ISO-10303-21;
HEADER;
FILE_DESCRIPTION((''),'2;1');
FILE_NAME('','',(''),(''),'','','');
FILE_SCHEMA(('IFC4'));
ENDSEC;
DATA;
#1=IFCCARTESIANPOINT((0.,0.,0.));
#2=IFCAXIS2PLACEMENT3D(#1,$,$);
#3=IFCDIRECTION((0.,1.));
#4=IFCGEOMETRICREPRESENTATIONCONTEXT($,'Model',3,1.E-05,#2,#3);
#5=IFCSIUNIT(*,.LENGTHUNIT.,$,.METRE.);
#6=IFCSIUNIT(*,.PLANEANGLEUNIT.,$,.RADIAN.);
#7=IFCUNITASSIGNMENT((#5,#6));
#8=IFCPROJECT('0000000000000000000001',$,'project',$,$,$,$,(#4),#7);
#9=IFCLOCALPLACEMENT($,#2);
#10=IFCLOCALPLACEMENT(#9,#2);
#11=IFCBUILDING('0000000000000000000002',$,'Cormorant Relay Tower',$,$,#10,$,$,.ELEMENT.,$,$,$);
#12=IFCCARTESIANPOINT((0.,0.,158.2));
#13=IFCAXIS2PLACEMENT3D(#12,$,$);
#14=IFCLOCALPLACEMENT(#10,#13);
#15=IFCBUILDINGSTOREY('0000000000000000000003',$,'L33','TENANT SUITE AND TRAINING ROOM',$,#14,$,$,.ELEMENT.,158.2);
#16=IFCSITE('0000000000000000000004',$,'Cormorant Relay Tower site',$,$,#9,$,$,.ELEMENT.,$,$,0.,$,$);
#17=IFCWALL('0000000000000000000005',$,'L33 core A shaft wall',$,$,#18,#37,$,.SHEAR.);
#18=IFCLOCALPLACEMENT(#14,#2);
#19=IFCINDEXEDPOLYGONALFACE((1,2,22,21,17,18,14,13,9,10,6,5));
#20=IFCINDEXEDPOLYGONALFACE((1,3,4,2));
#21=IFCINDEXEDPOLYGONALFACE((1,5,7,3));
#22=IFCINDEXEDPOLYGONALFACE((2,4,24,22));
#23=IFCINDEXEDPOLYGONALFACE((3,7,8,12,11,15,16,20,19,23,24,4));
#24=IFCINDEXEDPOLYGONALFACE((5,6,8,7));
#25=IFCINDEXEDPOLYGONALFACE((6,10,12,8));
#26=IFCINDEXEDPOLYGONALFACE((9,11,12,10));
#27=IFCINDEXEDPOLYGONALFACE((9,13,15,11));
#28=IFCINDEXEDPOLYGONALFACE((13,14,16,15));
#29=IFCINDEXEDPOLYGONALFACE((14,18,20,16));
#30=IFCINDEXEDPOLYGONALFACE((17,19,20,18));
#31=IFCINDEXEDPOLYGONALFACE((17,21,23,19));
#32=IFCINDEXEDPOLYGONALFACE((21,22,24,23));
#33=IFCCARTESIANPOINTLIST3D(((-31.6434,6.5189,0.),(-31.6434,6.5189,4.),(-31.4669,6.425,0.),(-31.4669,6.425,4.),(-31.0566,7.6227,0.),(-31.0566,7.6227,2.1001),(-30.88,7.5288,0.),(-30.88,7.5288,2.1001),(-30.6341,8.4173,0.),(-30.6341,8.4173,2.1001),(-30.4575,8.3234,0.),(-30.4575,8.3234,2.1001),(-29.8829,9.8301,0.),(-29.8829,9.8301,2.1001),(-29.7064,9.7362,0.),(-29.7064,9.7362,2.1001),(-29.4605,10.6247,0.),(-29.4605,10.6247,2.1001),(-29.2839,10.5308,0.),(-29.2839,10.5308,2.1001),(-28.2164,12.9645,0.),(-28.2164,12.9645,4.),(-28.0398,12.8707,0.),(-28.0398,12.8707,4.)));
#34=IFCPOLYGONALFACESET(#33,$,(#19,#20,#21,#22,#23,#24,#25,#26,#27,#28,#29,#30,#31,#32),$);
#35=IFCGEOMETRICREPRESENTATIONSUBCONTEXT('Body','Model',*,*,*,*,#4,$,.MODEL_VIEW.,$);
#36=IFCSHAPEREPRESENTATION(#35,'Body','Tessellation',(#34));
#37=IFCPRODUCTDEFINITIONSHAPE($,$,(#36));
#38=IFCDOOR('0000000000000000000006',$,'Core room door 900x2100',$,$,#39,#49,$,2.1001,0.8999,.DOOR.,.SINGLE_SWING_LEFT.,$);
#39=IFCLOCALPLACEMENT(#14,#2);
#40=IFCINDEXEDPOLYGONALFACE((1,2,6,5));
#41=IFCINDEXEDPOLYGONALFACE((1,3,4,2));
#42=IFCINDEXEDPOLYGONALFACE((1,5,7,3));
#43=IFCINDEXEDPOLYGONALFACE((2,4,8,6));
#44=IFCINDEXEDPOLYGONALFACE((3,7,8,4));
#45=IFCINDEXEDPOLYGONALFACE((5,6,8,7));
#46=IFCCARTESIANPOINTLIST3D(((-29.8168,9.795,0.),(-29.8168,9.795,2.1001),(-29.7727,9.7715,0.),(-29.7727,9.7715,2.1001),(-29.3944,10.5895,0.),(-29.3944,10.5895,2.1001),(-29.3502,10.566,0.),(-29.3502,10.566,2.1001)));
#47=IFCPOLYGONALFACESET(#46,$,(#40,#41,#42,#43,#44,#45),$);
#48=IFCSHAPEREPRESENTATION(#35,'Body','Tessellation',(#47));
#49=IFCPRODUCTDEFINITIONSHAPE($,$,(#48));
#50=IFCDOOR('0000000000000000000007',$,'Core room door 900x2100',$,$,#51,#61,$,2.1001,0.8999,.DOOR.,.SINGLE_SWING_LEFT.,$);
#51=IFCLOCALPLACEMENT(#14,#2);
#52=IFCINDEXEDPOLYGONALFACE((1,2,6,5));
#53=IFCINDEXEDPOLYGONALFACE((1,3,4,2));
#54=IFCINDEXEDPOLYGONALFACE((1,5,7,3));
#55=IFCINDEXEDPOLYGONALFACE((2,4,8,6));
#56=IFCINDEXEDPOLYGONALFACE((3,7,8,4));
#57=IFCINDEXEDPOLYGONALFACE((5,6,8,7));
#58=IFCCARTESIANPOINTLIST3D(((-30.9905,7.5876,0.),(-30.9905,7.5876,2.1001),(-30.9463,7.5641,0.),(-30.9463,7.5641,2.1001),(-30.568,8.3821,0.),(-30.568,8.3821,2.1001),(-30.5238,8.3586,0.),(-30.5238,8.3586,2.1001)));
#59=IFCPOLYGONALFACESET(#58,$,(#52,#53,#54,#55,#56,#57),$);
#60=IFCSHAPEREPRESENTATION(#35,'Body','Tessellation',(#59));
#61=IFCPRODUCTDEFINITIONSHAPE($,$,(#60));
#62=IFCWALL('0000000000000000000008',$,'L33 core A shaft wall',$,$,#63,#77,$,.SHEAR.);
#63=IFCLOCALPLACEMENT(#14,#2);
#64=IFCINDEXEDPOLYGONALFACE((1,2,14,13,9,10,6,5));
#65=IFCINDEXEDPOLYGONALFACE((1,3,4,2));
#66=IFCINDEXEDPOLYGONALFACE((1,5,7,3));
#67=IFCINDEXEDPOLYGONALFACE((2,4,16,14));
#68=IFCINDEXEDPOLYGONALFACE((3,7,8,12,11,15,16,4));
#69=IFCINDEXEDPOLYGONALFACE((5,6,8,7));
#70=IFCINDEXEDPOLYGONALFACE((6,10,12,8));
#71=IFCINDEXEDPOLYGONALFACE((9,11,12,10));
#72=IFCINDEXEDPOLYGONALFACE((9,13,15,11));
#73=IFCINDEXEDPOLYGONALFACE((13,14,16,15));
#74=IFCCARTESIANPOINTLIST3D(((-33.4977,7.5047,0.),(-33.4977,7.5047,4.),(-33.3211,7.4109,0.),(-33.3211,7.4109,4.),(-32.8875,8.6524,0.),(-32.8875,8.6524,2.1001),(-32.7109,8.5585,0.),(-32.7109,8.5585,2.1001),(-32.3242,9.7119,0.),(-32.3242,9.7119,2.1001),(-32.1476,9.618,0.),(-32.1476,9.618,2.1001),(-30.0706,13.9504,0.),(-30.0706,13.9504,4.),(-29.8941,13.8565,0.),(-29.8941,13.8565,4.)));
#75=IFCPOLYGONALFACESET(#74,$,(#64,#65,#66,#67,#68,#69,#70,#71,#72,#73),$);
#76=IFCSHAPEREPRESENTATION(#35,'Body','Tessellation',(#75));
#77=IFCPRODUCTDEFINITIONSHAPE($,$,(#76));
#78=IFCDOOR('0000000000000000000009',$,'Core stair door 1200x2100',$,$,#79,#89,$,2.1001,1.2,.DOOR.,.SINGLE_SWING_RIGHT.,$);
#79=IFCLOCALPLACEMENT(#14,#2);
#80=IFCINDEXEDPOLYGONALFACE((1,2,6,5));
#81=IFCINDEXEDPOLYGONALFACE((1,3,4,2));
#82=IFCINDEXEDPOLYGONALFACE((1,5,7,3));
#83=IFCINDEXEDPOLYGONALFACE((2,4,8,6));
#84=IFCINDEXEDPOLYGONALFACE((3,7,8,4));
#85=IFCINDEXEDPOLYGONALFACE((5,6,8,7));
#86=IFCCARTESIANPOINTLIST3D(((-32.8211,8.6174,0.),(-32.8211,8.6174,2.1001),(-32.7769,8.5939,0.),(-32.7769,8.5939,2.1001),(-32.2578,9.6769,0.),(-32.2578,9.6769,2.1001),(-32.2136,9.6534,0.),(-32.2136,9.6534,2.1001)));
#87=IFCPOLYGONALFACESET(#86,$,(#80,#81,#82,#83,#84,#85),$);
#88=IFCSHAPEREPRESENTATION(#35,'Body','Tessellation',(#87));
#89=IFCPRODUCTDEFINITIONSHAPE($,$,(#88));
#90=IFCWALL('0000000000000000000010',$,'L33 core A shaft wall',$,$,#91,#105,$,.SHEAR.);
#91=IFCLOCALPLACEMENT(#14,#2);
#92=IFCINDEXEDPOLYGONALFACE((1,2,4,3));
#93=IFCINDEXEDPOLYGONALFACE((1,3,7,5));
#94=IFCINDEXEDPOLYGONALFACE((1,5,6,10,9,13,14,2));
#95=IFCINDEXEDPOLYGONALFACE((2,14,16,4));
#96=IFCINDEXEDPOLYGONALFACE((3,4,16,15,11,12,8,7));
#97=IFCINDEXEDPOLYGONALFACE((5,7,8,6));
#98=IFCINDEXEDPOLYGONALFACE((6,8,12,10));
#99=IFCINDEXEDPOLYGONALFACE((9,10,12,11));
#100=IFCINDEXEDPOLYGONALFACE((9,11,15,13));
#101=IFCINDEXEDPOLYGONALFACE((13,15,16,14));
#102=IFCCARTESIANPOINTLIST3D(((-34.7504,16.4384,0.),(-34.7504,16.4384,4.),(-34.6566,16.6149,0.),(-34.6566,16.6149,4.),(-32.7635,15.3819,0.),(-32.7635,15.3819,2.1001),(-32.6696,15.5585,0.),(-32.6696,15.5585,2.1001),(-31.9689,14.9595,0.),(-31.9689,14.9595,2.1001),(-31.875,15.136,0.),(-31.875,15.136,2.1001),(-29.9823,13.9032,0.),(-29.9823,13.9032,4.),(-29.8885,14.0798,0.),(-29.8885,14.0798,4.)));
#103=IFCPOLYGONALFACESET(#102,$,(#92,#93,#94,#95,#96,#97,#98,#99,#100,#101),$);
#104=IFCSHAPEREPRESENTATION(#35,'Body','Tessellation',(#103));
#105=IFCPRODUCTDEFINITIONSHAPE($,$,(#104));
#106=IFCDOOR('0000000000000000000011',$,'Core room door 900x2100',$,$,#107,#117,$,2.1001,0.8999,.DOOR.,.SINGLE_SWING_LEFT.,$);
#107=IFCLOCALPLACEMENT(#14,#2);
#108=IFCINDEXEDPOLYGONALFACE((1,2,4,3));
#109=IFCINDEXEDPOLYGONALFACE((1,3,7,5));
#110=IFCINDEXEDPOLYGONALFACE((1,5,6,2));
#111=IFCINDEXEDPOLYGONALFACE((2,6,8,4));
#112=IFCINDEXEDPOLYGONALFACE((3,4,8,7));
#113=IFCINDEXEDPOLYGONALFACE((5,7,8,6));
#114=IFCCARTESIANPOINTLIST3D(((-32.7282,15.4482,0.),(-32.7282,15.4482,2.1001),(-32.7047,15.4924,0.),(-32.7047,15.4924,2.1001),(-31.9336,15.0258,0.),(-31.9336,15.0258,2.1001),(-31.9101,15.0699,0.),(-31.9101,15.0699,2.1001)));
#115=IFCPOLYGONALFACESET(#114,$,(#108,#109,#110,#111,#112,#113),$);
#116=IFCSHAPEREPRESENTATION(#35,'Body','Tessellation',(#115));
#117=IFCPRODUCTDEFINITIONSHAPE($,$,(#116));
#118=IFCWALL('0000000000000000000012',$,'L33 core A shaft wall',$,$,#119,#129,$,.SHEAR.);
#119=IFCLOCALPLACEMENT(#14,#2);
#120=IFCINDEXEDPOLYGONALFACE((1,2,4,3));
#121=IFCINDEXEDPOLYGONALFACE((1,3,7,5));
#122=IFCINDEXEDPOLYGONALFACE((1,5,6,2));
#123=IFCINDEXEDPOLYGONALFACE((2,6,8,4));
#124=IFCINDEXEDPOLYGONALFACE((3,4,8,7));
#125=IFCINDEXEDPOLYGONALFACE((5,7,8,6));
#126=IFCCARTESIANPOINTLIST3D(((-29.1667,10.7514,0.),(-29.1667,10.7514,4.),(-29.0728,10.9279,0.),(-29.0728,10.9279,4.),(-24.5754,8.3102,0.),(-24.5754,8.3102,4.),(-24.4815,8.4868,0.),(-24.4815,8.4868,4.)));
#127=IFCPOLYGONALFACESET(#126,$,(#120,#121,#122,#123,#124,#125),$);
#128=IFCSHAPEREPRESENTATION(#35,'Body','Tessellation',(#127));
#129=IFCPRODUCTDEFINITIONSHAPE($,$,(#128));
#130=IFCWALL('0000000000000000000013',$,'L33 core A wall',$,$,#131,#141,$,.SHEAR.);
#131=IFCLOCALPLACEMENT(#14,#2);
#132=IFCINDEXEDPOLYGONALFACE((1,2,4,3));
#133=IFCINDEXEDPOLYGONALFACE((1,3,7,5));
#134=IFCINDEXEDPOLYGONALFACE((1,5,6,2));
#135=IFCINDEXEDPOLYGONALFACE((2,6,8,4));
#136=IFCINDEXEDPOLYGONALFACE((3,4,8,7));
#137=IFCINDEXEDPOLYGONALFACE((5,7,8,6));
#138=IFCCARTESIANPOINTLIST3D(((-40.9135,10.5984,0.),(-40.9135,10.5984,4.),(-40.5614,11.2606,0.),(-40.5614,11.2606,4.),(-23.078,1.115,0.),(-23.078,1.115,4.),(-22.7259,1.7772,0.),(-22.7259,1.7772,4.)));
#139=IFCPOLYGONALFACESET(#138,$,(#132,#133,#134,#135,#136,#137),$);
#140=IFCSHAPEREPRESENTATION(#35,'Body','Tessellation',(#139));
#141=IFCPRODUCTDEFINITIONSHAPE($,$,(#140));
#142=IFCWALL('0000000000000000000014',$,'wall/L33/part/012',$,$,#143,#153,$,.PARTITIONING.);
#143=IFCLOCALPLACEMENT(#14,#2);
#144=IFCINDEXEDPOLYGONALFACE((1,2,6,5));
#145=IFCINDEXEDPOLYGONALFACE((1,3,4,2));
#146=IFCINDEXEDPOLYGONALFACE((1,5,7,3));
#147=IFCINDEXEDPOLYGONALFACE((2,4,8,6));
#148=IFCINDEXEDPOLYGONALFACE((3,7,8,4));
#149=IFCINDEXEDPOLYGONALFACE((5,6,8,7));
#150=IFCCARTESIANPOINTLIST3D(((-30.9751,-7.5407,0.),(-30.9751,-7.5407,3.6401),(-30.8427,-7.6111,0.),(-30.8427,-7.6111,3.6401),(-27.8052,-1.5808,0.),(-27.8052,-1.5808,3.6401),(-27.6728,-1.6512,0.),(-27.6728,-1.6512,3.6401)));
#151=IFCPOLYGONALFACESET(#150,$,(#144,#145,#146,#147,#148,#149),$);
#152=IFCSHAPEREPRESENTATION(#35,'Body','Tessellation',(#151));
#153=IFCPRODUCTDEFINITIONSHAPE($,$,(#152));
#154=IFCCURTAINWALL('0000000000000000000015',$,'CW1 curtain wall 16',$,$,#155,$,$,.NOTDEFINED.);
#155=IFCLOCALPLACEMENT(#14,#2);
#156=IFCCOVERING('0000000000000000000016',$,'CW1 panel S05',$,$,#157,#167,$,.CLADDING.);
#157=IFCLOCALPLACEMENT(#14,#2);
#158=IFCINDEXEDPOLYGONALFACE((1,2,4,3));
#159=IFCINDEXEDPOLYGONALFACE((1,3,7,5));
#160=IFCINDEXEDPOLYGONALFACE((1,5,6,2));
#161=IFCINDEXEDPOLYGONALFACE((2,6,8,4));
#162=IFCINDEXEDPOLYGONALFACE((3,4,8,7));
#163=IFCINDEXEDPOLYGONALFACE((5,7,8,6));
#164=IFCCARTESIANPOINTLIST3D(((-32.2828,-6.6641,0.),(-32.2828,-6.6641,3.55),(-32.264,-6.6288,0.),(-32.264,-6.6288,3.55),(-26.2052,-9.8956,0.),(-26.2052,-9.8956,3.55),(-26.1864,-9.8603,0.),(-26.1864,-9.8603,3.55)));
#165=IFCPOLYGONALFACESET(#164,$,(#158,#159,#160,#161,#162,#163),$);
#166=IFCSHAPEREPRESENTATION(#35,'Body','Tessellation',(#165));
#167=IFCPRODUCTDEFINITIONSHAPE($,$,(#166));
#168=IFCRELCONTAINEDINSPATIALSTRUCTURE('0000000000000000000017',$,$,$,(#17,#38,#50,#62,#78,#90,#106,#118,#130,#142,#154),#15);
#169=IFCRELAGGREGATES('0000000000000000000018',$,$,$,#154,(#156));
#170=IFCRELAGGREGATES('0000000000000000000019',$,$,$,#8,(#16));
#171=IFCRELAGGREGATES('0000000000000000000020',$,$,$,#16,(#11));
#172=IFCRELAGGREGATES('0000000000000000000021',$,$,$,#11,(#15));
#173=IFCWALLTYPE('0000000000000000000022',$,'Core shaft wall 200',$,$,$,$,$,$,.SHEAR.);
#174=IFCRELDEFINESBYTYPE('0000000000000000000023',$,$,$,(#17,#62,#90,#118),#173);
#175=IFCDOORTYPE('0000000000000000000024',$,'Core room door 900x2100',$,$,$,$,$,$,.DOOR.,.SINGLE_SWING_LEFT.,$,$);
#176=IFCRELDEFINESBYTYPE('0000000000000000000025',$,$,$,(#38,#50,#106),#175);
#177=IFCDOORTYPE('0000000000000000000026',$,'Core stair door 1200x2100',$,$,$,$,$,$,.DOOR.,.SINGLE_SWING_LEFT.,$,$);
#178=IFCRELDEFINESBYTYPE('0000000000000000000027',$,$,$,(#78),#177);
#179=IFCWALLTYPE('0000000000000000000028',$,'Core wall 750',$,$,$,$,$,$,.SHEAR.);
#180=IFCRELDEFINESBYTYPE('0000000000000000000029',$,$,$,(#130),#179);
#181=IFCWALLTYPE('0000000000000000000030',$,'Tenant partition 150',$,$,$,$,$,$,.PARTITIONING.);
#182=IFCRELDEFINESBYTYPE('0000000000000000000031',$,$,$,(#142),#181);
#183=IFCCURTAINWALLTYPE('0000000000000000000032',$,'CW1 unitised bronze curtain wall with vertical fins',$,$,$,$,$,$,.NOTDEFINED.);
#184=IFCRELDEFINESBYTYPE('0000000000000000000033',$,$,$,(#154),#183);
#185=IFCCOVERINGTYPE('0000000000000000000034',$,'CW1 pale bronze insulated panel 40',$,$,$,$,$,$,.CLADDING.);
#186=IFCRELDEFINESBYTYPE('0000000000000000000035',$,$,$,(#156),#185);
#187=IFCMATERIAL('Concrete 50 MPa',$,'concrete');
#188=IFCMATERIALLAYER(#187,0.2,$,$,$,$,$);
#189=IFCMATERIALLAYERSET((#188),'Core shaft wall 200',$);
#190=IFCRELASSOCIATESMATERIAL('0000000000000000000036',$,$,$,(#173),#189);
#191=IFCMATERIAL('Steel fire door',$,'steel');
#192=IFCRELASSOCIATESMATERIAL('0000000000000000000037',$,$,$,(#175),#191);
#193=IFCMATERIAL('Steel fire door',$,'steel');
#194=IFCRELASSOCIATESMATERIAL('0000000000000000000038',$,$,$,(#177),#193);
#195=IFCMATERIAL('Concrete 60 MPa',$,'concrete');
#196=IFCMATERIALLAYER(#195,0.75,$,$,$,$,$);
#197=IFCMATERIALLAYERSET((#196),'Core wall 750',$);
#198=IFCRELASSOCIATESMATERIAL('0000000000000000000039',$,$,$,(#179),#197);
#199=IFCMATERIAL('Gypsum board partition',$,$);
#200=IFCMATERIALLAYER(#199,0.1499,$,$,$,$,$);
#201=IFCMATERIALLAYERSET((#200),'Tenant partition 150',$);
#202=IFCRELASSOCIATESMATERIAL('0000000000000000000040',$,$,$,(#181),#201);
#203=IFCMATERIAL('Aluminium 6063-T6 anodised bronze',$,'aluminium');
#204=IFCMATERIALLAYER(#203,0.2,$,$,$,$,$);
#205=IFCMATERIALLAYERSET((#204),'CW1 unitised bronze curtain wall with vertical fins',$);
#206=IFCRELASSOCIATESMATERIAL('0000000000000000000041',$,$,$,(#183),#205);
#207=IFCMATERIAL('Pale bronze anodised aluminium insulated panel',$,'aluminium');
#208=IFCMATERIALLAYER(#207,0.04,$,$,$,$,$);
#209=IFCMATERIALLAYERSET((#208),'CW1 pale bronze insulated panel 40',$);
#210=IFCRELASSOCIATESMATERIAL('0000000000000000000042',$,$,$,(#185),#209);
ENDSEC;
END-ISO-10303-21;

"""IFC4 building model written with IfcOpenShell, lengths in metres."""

from ifc_helpers import new_model, si_unit, direction, frame, frame_2d, origin, origin_2d, place, context, subcontext, project, spatial, rectangle, extrude, material, layer, layer_set, type_object, element, fill, aggregate, save


model = new_model("IFC4")

# Units and contexts
model_context = context("Model", 3, precision=1e-05, world=origin(), true_north=direction((0.0, 1.0)))
body_context = subcontext(model_context, "Body", "Model", "MODEL_VIEW")
ifc_project = project(units=[si_unit("LENGTHUNIT", "METRE"), si_unit("PLANEANGLEUNIT", "RADIAN")], contexts=[model_context])

# Site, building, storey
site_placement = place(None, origin())
site = spatial("IfcSite", under=ifc_project, at=site_placement, Name="Cormorant Relay Tower site", CompositionType="ELEMENT", RefElevation=0.0)
building_placement = place(site_placement, origin())
building = spatial("IfcBuilding", under=site, at=building_placement, Name="Cormorant Relay Tower", CompositionType="ELEMENT")
storey_placement = place(building_placement, frame((0.0, 0.0, 158.2)))
storey = spatial("IfcBuildingStorey", under=building, at=storey_placement, Name="L33", Description="TENANT SUITE AND TRAINING ROOM", CompositionType="ELEMENT", Elevation=158.2)

# Shared definitions
ifc_material_1 = material(Name="Concrete 50 MPa", Category="concrete")
ifc_layer_1 = layer(ifc_material_1, 0.2)
ifc_layer_set_1 = layer_set([ifc_layer_1], Name="Core shaft wall 200")
wall_type_1 = type_object("IfcWallType", Name="Core shaft wall 200", PredefinedType="SHEAR", material=ifc_layer_set_1)

# Wall, openings, doors
wall_1_placement = place(storey_placement, frame((-28.1282, 12.9175, 0.0), z_axis=(0.0, 0.0, 1.0), x_axis=(-0.469454, -0.882957, 0.0)))
wall_1 = element("IfcWall", 1, at=wall_1_placement, inside=storey, type_object=wall_type_1, Name="L33 core A shaft wall", PredefinedType="SHEAR", context=body_context, shape_type="SweptSolid", body=[
    extrude(rectangle(XDim=7.3, YDim=0.2, at=frame_2d((3.6499, 0.0))), origin(), (0.0, 0.0, 1.0), 4.0),
])
opening_1_placement = place(wall_1_placement, frame((2.6499, 0.0, 0.0)))
opening_1 = element("IfcOpeningElement", 2, at=opening_1_placement, cuts=wall_1, PredefinedType="OPENING", context=body_context, shape_type="SweptSolid", body=[
    extrude(rectangle(XDim=0.8999, YDim=2.1001, at=frame_2d((0.45, 1.05))), frame((0.0, 0.1099, 0.0), z_axis=(0.0, -1.0, 0.0), x_axis=(1.0, 0.0, 0.0)), (0.0, 0.0, 1.0), 0.22),
])
opening_2_placement = place(wall_1_placement, frame((5.1499, 0.0, 0.0)))
opening_2 = element("IfcOpeningElement", 3, at=opening_2_placement, cuts=wall_1, PredefinedType="OPENING", context=body_context, shape_type="SweptSolid", body=[
    extrude(rectangle(XDim=0.8999, YDim=2.1001, at=frame_2d((0.45, 1.05))), frame((0.0, 0.1099, 0.0), z_axis=(0.0, -1.0, 0.0), x_axis=(1.0, 0.0, 0.0)), (0.0, 0.0, 1.0), 0.22),
])
ifc_material_2 = material(Name="Steel fire door", Category="steel")
door_type_1 = type_object("IfcDoorType", Name="Core room door 900x2100", OperationType="SINGLE_SWING_LEFT", PredefinedType="DOOR", material=ifc_material_2)
door_1_placement = place(opening_1_placement, origin())
door_1 = element("IfcDoor", 4, at=door_1_placement, inside=storey, type_object=door_type_1, Name="Core room door 900x2100", OperationType="SINGLE_SWING_LEFT", OverallHeight=2.1001, OverallWidth=0.8999, PredefinedType="DOOR", context=body_context, shape_type="SweptSolid", body=[
    extrude(rectangle(XDim=0.8999, YDim=2.1001, at=frame_2d((0.45, 1.05))), frame((0.0, 0.0249, 0.0), z_axis=(0.0, -1.0, 0.0), x_axis=(1.0, 0.0, 0.0)), (0.0, 0.0, 1.0), 0.05),
])
fill(opening_1, door_1)
door_2_placement = place(opening_2_placement, origin())
door_2 = element("IfcDoor", 5, at=door_2_placement, inside=storey, type_object=door_type_1, Name="Core room door 900x2100", OperationType="SINGLE_SWING_LEFT", OverallHeight=2.1001, OverallWidth=0.8999, PredefinedType="DOOR", context=body_context, shape_type="SweptSolid", body=[
    extrude(rectangle(XDim=0.8999, YDim=2.1001, at=frame_2d((0.45, 1.05))), frame((0.0, 0.0249, 0.0), z_axis=(0.0, -1.0, 0.0), x_axis=(1.0, 0.0, 0.0)), (0.0, 0.0, 1.0), 0.05),
])
fill(opening_2, door_2)

# Walls, openings, doors
wall_2_placement = place(storey_placement, frame((-29.9824, 13.9033, 0.0), z_axis=(0.0, 0.0, 1.0), x_axis=(-0.469454, -0.882957, 0.0)))
wall_2 = element("IfcWall", 6, at=wall_2_placement, inside=storey, type_object=wall_type_1, Name="L33 core A shaft wall", PredefinedType="SHEAR", context=body_context, shape_type="SweptSolid", body=[
    extrude(rectangle(XDim=7.3, YDim=0.2, at=frame_2d((3.6499, 0.0))), origin(), (0.0, 0.0, 1.0), 4.0),
])
opening_3_placement = place(wall_2_placement, frame((4.8, 0.0, 0.0)))
opening_3 = element("IfcOpeningElement", 7, at=opening_3_placement, cuts=wall_2, PredefinedType="OPENING", context=body_context, shape_type="SweptSolid", body=[
    extrude(rectangle(XDim=1.2, YDim=2.1001, at=frame_2d((0.6001, 1.05))), frame((0.0, 0.1099, 0.0), z_axis=(0.0, -1.0, 0.0), x_axis=(1.0, 0.0, 0.0)), (0.0, 0.0, 1.0), 0.22),
])
ifc_material_3 = material(Name="Steel fire door", Category="steel")
door_type_2 = type_object("IfcDoorType", Name="Core stair door 1200x2100", OperationType="SINGLE_SWING_LEFT", PredefinedType="DOOR", material=ifc_material_3)
door_3_placement = place(opening_3_placement, frame((1.2, 0.0, 0.0), z_axis=(0.0, 0.0, 1.0), x_axis=(-1.0, 0.0, 0.0)))
door_3 = element("IfcDoor", 8, at=door_3_placement, inside=storey, type_object=door_type_2, Name="Core stair door 1200x2100", OperationType="SINGLE_SWING_RIGHT", OverallHeight=2.1001, OverallWidth=1.2, PredefinedType="DOOR", context=body_context, shape_type="SweptSolid", body=[
    extrude(rectangle(XDim=1.2, YDim=2.1001, at=frame_2d((0.6001, 1.05))), frame((0.0, 0.0249, 0.0), z_axis=(0.0, -1.0, 0.0), x_axis=(1.0, 0.0, 0.0)), (0.0, 0.0, 1.0), 0.05),
])
fill(opening_3, door_3)
wall_3_placement = place(storey_placement, frame((-29.9353, 13.9915, 0.0), z_axis=(0.0, 0.0, 1.0), x_axis=(-0.882953, 0.469462, 0.0)))
wall_3 = element("IfcWall", 9, at=wall_3_placement, inside=storey, type_object=wall_type_1, Name="L33 core A shaft wall", PredefinedType="SHEAR", context=body_context, shape_type="SweptSolid", body=[
    extrude(rectangle(XDim=5.4001, YDim=0.2, at=frame_2d((2.7002, 0.0))), origin(), (0.0, 0.0, 1.0), 4.0),
])
opening_4_placement = place(wall_3_placement, frame((2.25, 0.0, 0.0)))
opening_4 = element("IfcOpeningElement", 10, at=opening_4_placement, cuts=wall_3, PredefinedType="OPENING", context=body_context, shape_type="SweptSolid", body=[
    extrude(rectangle(XDim=0.8999, YDim=2.1001, at=frame_2d((0.45, 1.05))), frame((0.0, 0.1099, 0.0), z_axis=(0.0, -1.0, 0.0), x_axis=(1.0, 0.0, 0.0)), (0.0, 0.0, 1.0), 0.22),
])
door_4_placement = place(opening_4_placement, origin())
door_4 = element("IfcDoor", 11, at=door_4_placement, inside=storey, type_object=door_type_1, Name="Core room door 900x2100", OperationType="SINGLE_SWING_LEFT", OverallHeight=2.1001, OverallWidth=0.8999, PredefinedType="DOOR", context=body_context, shape_type="SweptSolid", body=[
    extrude(rectangle(XDim=0.8999, YDim=2.1001, at=frame_2d((0.45, 1.05))), frame((0.0, 0.0249, 0.0), z_axis=(0.0, -1.0, 0.0), x_axis=(1.0, 0.0, 0.0)), (0.0, 0.0, 1.0), 0.05),
])
fill(opening_4, door_4)

# Walls
wall_4_placement = place(storey_placement, frame((-24.5283, 8.3984, 0.0), z_axis=(0.0, 0.0, 1.0), x_axis=(-0.882954, 0.46946, 0.0)))
element("IfcWall", 12, at=wall_4_placement, inside=storey, type_object=wall_type_1, Name="L33 core A shaft wall", PredefinedType="SHEAR", context=body_context, shape_type="SweptSolid", body=[
    extrude(rectangle(XDim=5.2, YDim=0.2, at=frame_2d((2.6001, 0.0))), origin(), (0.0, 0.0, 1.0), 4.0),
])
ifc_material_4 = material(Name="Concrete 60 MPa", Category="concrete")
ifc_layer_2 = layer(ifc_material_4, 0.75)
ifc_layer_set_2 = layer_set([ifc_layer_2], Name="Core wall 750")
wall_type_2 = type_object("IfcWallType", Name="Core wall 750", PredefinedType="SHEAR", material=ifc_layer_set_2)
wall_5_placement = place(storey_placement, frame((-22.9019, 1.446, 0.0), z_axis=(0.0, 0.0, 1.0), x_axis=(-0.882945, 0.469476, 0.0)))
element("IfcWall", 13, at=wall_5_placement, inside=storey, type_object=wall_type_2, Name="L33 core A wall", PredefinedType="SHEAR", context=body_context, shape_type="SweptSolid", body=[
    extrude(rectangle(XDim=20.2, YDim=0.75, at=frame_2d((10.1001, 0.0))), origin(), (0.0, 0.0, 1.0), 4.0),
])
ifc_material_5 = material(Name="Gypsum board partition")
ifc_layer_3 = layer(ifc_material_5, 0.1499)
ifc_layer_set_3 = layer_set([ifc_layer_3], Name="Tenant partition 150")
wall_type_3 = type_object("IfcWallType", Name="Tenant partition 150", PredefinedType="PARTITIONING", material=ifc_layer_set_3)
wall_6_placement = place(storey_placement, frame((-27.739, -1.616, 0.0), z_axis=(0.0, 0.0, 1.0), x_axis=(-0.469582, -0.882889, 0.0)))
element("IfcWall", 14, at=wall_6_placement, inside=storey, type_object=wall_type_3, Name="wall/L33/part/012", PredefinedType="PARTITIONING", context=body_context, shape_type="SweptSolid", body=[
    extrude(rectangle(XDim=6.7505, YDim=0.1499, at=frame_2d((3.3752, 0.0))), origin(), (0.0, 0.0, 1.0), 3.6401),
])

# Curtain wall, covering
ifc_material_6 = material(Name="Aluminium 6063-T6 anodised bronze", Category="aluminium")
ifc_layer_4 = layer(ifc_material_6, 0.2)
ifc_layer_set_4 = layer_set([ifc_layer_4], Name="CW1 unitised bronze curtain wall with vertical fins")
curtain_wall_type = type_object("IfcCurtainWallType", Name="CW1 unitised bronze curtain wall with vertical fins", PredefinedType="NOTDEFINED", material=ifc_layer_set_4)
curtain_wall_placement = place(storey_placement, origin())
curtain_wall = element("IfcCurtainWall", 15, at=curtain_wall_placement, inside=storey, type_object=curtain_wall_type, Name="CW1 curtain wall 16", PredefinedType="NOTDEFINED")
ifc_material_7 = material(Name="Pale bronze anodised aluminium insulated panel", Category="aluminium")
ifc_layer_5 = layer(ifc_material_7, 0.04)
ifc_layer_set_5 = layer_set([ifc_layer_5], Name="CW1 pale bronze insulated panel 40")
covering_type = type_object("IfcCoveringType", Name="CW1 pale bronze insulated panel 40", PredefinedType="CLADDING", material=ifc_layer_set_5)
covering_placement = place(storey_placement, frame((-29.2346, -8.2622, 0.0), z_axis=(0.0, 0.0, 1.0), x_axis=(0.882948, -0.469472, 0.0)))
covering = element("IfcCovering", 16, at=covering_placement, type_object=covering_type, Name="CW1 panel S05", PredefinedType="CLADDING", context=body_context, shape_type="SweptSolid", body=[
    extrude(rectangle(XDim=6.8833, YDim=0.04, at=origin_2d()), origin(), (0.0, 0.0, 1.0), 3.55),
])
aggregate(curtain_wall, [covering])

save(model, "model.ifc")
